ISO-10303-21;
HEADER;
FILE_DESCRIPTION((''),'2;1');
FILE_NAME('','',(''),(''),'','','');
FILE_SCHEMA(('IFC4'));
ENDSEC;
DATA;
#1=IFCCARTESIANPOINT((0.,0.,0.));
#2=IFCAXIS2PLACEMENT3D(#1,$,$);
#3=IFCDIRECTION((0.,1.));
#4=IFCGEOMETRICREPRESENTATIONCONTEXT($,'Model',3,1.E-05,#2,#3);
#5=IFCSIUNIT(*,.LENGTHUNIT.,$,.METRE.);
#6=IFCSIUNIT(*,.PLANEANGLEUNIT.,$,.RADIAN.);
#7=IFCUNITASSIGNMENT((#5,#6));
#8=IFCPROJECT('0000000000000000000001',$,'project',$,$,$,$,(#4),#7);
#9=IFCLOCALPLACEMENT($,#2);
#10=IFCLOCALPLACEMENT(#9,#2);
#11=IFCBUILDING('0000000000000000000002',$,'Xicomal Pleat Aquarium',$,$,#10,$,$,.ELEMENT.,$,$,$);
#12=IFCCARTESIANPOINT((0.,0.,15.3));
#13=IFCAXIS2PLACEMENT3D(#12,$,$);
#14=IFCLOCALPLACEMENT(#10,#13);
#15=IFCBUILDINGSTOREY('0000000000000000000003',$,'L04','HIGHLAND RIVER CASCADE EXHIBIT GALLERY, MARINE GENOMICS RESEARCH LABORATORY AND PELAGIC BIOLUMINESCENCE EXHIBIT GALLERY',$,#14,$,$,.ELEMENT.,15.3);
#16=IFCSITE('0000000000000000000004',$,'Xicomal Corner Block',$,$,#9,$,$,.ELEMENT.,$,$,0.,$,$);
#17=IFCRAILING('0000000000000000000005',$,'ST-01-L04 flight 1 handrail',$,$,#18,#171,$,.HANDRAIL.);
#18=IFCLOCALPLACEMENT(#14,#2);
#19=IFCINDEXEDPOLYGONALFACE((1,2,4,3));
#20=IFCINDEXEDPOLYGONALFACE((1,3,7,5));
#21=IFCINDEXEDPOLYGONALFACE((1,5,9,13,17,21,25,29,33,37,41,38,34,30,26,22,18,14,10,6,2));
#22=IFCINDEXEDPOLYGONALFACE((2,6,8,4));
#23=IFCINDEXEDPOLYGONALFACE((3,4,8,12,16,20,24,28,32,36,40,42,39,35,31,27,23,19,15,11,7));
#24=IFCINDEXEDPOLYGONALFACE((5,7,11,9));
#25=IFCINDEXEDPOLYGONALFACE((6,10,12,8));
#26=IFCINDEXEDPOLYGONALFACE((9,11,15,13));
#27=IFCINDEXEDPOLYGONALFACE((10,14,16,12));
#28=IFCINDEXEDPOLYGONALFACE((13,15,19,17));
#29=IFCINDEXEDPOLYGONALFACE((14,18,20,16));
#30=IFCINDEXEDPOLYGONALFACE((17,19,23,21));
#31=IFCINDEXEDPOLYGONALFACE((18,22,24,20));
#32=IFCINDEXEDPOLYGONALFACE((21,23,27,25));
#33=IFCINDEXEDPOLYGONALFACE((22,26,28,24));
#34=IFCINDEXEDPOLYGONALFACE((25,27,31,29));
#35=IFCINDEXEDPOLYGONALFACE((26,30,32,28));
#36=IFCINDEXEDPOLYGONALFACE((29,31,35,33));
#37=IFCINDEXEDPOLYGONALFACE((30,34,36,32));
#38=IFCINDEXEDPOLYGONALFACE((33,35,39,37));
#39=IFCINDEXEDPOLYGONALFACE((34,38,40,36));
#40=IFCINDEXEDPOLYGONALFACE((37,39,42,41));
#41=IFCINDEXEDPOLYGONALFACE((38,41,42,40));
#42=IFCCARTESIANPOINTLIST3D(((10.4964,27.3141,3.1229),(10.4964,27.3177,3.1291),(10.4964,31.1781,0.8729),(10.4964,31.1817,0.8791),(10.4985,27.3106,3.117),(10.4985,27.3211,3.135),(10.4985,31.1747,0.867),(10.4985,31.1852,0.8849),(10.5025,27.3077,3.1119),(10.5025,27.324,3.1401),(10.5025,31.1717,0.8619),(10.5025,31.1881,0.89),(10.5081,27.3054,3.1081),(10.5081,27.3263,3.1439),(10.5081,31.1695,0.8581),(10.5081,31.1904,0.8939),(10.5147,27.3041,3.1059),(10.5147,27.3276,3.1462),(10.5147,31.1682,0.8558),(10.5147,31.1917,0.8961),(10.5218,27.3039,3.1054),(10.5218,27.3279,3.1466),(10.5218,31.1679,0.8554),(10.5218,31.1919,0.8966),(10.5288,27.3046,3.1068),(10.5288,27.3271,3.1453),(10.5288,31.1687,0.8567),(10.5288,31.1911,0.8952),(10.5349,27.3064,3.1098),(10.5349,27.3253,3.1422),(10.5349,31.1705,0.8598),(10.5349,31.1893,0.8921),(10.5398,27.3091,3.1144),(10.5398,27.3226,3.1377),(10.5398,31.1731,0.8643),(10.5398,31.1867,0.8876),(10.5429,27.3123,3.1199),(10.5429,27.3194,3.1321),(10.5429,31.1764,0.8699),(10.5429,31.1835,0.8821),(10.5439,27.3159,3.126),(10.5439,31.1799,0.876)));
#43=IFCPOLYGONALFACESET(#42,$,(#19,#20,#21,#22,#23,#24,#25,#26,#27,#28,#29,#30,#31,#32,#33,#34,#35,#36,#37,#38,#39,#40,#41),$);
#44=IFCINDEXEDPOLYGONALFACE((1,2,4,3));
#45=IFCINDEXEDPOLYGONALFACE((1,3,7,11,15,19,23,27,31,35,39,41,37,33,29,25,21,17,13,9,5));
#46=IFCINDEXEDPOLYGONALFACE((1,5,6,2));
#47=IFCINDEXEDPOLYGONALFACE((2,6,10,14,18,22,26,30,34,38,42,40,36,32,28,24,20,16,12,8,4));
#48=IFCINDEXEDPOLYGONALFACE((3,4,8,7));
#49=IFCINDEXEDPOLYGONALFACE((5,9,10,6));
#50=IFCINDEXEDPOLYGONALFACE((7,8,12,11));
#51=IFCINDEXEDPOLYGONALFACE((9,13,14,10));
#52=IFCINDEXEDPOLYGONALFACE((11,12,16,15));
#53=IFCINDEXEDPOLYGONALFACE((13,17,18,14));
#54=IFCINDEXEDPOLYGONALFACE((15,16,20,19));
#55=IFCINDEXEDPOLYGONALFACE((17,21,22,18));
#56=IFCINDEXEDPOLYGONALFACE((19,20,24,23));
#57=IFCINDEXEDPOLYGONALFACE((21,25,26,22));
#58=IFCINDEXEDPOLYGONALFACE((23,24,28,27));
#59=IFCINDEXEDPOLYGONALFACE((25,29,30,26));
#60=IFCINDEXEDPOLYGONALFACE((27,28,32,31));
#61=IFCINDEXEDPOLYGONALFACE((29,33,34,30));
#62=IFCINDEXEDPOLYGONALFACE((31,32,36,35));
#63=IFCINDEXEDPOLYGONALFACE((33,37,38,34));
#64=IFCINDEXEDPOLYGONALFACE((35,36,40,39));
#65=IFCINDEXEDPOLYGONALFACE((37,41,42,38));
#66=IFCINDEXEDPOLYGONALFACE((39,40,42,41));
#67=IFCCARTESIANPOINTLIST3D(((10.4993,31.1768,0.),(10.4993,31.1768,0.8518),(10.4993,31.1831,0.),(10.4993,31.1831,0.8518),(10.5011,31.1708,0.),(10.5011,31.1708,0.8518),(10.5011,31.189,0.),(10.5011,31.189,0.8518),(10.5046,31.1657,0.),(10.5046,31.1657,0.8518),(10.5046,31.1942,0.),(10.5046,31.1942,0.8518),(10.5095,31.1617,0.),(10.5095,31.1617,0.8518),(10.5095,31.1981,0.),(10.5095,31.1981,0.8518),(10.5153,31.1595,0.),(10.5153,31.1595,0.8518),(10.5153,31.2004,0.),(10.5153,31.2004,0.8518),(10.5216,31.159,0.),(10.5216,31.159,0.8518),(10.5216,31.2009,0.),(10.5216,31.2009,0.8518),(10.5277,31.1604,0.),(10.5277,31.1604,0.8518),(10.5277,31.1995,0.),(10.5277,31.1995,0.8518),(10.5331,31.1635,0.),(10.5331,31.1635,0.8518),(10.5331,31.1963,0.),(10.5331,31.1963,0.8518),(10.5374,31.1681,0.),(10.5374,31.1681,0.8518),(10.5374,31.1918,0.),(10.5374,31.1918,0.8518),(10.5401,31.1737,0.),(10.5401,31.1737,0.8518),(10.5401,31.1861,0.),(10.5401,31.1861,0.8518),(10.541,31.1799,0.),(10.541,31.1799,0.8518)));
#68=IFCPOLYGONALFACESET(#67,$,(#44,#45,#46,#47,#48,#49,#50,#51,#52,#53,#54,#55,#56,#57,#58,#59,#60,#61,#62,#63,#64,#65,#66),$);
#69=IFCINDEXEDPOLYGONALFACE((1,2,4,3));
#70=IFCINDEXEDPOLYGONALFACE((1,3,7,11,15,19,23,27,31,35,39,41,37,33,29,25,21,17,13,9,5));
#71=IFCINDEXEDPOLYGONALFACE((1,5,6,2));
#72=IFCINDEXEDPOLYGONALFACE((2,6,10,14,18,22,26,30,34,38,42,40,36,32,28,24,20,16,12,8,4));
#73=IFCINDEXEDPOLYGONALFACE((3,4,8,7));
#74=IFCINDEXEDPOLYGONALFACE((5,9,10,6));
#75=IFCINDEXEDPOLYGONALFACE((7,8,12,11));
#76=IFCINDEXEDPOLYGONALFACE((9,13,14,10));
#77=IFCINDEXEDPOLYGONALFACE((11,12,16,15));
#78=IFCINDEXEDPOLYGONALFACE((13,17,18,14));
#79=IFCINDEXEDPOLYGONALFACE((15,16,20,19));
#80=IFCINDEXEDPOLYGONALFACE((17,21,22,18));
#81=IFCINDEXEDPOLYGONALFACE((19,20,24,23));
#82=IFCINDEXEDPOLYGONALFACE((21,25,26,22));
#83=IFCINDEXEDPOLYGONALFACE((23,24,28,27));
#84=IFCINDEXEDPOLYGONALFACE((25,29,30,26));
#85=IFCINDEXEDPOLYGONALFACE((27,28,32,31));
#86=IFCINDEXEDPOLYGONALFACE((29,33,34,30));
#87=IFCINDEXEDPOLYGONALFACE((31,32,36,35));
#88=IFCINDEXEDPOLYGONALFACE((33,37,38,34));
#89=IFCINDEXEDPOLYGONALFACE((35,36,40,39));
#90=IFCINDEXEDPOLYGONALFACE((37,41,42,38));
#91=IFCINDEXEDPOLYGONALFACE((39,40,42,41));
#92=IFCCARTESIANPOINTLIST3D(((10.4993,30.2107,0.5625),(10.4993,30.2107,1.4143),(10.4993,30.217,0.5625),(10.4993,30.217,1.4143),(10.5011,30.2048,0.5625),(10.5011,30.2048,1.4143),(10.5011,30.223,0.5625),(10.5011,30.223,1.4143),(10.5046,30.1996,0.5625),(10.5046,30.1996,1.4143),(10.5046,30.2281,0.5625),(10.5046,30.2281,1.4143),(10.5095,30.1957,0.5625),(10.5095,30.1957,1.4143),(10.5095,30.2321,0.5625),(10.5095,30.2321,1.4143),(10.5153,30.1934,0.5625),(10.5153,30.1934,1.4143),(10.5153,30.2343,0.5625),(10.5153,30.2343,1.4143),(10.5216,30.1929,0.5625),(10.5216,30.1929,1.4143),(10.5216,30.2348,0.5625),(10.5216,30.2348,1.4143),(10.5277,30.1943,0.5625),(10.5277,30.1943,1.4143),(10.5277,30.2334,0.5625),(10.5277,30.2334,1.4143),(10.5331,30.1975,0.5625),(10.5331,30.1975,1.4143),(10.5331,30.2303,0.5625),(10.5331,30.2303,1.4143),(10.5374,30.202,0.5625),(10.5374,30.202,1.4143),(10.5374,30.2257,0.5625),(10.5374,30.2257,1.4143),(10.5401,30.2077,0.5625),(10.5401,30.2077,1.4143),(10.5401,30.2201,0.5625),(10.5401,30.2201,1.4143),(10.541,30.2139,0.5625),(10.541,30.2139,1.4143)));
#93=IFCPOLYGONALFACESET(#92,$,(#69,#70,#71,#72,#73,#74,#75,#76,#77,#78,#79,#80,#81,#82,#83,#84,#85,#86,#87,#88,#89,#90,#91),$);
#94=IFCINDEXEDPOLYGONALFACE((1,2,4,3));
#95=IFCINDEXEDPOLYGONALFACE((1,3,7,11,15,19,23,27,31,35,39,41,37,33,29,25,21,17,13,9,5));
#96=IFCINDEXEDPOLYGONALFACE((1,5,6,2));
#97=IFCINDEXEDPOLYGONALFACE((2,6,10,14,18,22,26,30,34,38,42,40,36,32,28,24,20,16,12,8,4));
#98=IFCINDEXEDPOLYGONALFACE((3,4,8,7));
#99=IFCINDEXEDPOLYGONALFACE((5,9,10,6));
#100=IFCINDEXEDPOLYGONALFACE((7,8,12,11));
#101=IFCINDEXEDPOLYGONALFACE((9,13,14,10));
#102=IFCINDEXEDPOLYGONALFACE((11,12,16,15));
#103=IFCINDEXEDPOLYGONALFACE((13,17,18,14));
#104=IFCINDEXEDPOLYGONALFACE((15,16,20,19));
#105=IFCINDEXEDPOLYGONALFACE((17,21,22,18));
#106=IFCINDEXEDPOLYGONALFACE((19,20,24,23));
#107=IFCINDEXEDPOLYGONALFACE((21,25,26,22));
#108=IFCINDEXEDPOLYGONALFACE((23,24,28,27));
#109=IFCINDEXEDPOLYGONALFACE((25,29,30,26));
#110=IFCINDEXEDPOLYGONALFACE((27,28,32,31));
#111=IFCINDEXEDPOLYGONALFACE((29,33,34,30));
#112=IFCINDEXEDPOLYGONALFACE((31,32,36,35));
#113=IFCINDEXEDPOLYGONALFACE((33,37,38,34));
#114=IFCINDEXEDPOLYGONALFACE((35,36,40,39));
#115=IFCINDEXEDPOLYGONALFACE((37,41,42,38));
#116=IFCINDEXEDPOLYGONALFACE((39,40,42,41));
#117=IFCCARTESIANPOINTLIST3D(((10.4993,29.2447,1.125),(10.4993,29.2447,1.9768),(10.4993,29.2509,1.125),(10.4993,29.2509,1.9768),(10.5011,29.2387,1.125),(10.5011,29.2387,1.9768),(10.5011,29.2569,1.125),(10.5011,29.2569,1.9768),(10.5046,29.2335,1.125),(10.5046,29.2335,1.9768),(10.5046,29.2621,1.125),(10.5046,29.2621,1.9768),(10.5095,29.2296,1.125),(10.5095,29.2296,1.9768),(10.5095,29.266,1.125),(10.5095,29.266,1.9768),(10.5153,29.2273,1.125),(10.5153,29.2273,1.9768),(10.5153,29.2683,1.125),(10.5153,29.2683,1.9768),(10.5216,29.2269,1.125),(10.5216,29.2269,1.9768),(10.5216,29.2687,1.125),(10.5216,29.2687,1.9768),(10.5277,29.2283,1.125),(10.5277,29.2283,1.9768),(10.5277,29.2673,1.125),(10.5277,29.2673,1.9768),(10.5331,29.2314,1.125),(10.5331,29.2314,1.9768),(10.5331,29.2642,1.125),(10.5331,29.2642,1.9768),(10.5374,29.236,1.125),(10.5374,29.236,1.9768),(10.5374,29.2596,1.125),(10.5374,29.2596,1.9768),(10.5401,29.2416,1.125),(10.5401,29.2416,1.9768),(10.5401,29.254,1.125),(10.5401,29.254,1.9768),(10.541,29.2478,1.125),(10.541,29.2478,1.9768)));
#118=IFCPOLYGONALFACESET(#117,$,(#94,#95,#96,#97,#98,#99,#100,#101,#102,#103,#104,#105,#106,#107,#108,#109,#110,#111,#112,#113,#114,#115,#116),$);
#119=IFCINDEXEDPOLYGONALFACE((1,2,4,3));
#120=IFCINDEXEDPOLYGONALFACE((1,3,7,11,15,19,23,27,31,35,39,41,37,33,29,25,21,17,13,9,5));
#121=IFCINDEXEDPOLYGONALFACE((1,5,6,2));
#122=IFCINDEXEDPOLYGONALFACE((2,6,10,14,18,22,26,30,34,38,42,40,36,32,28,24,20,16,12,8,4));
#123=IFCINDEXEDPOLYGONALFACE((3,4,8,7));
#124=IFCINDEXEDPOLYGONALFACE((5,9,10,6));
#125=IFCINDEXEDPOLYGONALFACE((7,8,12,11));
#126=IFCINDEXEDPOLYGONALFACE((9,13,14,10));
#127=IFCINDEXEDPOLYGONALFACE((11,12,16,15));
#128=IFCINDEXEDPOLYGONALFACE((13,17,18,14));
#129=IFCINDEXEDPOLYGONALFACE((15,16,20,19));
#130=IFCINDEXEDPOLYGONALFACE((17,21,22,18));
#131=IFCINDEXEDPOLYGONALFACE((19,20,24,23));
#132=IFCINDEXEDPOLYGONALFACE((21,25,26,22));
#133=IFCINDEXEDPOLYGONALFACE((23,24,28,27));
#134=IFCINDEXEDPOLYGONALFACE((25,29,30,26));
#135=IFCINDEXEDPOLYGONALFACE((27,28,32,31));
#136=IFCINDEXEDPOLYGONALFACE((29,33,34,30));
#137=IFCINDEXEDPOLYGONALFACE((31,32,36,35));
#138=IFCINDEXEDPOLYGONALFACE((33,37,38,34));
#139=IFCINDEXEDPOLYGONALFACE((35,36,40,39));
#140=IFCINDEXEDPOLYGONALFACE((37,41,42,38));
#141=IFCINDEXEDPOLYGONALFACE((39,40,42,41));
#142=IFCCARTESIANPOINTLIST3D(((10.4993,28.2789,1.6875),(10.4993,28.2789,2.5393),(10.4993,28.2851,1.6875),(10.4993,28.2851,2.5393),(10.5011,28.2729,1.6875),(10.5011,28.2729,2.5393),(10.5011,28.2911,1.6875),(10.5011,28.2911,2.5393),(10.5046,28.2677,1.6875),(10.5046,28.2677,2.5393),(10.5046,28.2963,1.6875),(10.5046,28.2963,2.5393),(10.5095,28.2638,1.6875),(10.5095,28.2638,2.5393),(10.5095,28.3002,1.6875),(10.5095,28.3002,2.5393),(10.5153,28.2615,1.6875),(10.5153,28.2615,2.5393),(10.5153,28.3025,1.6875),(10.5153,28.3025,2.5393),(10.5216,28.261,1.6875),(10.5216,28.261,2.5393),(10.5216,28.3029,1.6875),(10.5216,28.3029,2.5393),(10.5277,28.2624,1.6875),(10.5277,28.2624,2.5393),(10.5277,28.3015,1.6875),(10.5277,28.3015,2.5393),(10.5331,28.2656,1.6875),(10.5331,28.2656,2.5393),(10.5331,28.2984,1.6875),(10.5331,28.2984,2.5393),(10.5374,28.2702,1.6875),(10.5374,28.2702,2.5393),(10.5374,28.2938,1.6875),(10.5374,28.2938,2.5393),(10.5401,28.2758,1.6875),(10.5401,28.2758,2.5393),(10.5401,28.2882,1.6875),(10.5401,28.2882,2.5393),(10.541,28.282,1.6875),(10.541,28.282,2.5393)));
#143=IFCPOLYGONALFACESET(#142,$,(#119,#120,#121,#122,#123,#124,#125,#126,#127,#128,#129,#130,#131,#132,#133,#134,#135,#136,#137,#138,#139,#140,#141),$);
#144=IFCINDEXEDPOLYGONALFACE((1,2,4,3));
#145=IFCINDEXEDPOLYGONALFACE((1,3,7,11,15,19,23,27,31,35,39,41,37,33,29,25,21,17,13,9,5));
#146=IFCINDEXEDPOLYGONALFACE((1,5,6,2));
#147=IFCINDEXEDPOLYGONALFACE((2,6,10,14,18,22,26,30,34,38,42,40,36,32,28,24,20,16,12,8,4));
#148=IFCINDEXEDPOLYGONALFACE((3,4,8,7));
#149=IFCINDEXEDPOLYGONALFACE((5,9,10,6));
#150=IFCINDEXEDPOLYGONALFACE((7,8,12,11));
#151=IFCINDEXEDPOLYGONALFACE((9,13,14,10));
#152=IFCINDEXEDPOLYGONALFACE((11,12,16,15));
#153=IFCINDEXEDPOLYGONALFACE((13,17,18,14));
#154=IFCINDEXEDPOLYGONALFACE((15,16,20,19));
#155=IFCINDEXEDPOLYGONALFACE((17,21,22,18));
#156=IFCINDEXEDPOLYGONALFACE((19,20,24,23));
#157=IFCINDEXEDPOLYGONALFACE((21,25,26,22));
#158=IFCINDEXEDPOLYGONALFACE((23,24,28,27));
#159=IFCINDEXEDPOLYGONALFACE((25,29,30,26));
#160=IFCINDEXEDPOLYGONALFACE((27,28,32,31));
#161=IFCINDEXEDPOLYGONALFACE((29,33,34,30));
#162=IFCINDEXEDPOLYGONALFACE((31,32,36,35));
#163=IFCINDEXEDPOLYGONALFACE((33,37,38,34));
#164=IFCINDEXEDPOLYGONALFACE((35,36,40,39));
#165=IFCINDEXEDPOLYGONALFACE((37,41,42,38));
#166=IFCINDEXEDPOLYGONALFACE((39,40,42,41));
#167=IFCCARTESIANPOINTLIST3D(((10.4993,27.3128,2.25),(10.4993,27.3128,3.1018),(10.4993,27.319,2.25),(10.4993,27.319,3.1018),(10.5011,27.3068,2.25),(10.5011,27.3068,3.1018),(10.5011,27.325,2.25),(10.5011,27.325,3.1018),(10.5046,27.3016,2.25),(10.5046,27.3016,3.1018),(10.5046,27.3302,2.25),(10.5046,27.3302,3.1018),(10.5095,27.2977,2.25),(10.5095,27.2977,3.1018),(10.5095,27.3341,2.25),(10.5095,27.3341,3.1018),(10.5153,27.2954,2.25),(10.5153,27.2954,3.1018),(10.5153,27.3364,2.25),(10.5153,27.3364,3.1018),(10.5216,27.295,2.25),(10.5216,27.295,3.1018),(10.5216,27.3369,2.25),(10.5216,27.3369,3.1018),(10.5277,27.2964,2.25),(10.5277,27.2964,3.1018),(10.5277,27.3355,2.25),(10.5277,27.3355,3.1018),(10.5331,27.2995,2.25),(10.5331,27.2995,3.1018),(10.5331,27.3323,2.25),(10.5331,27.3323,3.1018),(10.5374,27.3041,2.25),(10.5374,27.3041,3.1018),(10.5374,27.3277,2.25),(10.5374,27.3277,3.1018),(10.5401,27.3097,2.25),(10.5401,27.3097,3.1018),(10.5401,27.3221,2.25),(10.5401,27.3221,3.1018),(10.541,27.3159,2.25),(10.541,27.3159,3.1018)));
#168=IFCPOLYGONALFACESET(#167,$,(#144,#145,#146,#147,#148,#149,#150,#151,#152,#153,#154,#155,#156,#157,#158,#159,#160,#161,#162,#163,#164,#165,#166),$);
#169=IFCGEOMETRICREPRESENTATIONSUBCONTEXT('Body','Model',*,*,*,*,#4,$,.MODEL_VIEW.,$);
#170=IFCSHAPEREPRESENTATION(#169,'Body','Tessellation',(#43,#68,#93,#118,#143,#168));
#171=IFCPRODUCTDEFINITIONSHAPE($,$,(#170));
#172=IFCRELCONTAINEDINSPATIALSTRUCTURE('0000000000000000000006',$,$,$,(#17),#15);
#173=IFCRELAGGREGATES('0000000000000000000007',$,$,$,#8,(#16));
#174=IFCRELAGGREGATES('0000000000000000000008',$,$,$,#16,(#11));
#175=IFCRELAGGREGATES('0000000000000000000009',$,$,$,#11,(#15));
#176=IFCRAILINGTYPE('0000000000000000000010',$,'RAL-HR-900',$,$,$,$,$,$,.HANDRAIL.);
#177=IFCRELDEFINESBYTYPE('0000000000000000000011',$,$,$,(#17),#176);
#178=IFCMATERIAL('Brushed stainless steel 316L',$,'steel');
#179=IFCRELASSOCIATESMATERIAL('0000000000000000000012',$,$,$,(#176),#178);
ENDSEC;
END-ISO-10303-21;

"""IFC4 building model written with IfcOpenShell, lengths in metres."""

from ifc_helpers import new_model, si_unit, direction, frame, origin, origin_2d, place, context, subcontext, project, spatial, circle, extrude, material, type_object, element, save


model = new_model("IFC4")

# Units and contexts
model_context = context("Model", 3, precision=1e-05, world=origin(), true_north=direction((0.0, 1.0)))
body_context = subcontext(model_context, "Body", "Model", "MODEL_VIEW")
ifc_project = project(units=[si_unit("LENGTHUNIT", "METRE"), si_unit("PLANEANGLEUNIT", "RADIAN")], contexts=[model_context])

# Site, building, storey
site_placement = place(None, origin())
site = spatial("IfcSite", under=ifc_project, at=site_placement, Name="Xicomal Corner Block", CompositionType="ELEMENT", RefElevation=0.0)
building_placement = place(site_placement, origin())
building = spatial("IfcBuilding", under=site, at=building_placement, Name="Xicomal Pleat Aquarium", CompositionType="ELEMENT")
storey_placement = place(building_placement, frame((0.0, 0.0, 15.3)))
storey = spatial("IfcBuildingStorey", under=building, at=storey_placement, Name="L04", Description="HIGHLAND RIVER CASCADE EXHIBIT GALLERY, MARINE GENOMICS RESEARCH LABORATORY AND PELAGIC BIOLUMINESCENCE EXHIBIT GALLERY", CompositionType="ELEMENT", Elevation=15.3)

# Railing
ifc_material_1 = material(Name="Brushed stainless steel 316L", Category="steel")
railing_type_1 = type_object("IfcRailingType", Name="RAL-HR-900", PredefinedType="HANDRAIL", material=ifc_material_1)
railing_1_placement = place(storey_placement, frame((10.52, 31.1799, 0.0)))
element("IfcRailing", 1, at=railing_1_placement, inside=storey, type_object=railing_type_1, Name="ST-01-L04 flight 1 handrail", PredefinedType="HANDRAIL", context=body_context, shape_type="SweptSolid", body=[
    extrude(circle(Radius=0.0239, at=origin_2d()), frame((0.0, 0.0, 0.876), z_axis=(0.0, -0.864169, 0.503202), x_axis=(1.0, 0.0, 0.0)), (0.0, 0.0, 1.0), 4.4714),
    extrude(circle(Radius=0.021, at=origin_2d()), origin(), (0.0, 0.0, 1.0), 0.8518),
    extrude(circle(Radius=0.021, at=origin_2d()), frame((0.0, -0.9661, 0.5625)), (0.0, 0.0, 1.0), 0.8518),
    extrude(circle(Radius=0.021, at=origin_2d()), frame((0.0, -1.9321, 1.125)), (0.0, 0.0, 1.0), 0.8518),
    extrude(circle(Radius=0.021, at=origin_2d()), frame((0.0, -2.8979, 1.6875)), (0.0, 0.0, 1.0), 0.8518),
    extrude(circle(Radius=0.021, at=origin_2d()), frame((0.0, -3.864, 2.25)), (0.0, 0.0, 1.0), 0.8518),
])

save(model, "model.ifc")
